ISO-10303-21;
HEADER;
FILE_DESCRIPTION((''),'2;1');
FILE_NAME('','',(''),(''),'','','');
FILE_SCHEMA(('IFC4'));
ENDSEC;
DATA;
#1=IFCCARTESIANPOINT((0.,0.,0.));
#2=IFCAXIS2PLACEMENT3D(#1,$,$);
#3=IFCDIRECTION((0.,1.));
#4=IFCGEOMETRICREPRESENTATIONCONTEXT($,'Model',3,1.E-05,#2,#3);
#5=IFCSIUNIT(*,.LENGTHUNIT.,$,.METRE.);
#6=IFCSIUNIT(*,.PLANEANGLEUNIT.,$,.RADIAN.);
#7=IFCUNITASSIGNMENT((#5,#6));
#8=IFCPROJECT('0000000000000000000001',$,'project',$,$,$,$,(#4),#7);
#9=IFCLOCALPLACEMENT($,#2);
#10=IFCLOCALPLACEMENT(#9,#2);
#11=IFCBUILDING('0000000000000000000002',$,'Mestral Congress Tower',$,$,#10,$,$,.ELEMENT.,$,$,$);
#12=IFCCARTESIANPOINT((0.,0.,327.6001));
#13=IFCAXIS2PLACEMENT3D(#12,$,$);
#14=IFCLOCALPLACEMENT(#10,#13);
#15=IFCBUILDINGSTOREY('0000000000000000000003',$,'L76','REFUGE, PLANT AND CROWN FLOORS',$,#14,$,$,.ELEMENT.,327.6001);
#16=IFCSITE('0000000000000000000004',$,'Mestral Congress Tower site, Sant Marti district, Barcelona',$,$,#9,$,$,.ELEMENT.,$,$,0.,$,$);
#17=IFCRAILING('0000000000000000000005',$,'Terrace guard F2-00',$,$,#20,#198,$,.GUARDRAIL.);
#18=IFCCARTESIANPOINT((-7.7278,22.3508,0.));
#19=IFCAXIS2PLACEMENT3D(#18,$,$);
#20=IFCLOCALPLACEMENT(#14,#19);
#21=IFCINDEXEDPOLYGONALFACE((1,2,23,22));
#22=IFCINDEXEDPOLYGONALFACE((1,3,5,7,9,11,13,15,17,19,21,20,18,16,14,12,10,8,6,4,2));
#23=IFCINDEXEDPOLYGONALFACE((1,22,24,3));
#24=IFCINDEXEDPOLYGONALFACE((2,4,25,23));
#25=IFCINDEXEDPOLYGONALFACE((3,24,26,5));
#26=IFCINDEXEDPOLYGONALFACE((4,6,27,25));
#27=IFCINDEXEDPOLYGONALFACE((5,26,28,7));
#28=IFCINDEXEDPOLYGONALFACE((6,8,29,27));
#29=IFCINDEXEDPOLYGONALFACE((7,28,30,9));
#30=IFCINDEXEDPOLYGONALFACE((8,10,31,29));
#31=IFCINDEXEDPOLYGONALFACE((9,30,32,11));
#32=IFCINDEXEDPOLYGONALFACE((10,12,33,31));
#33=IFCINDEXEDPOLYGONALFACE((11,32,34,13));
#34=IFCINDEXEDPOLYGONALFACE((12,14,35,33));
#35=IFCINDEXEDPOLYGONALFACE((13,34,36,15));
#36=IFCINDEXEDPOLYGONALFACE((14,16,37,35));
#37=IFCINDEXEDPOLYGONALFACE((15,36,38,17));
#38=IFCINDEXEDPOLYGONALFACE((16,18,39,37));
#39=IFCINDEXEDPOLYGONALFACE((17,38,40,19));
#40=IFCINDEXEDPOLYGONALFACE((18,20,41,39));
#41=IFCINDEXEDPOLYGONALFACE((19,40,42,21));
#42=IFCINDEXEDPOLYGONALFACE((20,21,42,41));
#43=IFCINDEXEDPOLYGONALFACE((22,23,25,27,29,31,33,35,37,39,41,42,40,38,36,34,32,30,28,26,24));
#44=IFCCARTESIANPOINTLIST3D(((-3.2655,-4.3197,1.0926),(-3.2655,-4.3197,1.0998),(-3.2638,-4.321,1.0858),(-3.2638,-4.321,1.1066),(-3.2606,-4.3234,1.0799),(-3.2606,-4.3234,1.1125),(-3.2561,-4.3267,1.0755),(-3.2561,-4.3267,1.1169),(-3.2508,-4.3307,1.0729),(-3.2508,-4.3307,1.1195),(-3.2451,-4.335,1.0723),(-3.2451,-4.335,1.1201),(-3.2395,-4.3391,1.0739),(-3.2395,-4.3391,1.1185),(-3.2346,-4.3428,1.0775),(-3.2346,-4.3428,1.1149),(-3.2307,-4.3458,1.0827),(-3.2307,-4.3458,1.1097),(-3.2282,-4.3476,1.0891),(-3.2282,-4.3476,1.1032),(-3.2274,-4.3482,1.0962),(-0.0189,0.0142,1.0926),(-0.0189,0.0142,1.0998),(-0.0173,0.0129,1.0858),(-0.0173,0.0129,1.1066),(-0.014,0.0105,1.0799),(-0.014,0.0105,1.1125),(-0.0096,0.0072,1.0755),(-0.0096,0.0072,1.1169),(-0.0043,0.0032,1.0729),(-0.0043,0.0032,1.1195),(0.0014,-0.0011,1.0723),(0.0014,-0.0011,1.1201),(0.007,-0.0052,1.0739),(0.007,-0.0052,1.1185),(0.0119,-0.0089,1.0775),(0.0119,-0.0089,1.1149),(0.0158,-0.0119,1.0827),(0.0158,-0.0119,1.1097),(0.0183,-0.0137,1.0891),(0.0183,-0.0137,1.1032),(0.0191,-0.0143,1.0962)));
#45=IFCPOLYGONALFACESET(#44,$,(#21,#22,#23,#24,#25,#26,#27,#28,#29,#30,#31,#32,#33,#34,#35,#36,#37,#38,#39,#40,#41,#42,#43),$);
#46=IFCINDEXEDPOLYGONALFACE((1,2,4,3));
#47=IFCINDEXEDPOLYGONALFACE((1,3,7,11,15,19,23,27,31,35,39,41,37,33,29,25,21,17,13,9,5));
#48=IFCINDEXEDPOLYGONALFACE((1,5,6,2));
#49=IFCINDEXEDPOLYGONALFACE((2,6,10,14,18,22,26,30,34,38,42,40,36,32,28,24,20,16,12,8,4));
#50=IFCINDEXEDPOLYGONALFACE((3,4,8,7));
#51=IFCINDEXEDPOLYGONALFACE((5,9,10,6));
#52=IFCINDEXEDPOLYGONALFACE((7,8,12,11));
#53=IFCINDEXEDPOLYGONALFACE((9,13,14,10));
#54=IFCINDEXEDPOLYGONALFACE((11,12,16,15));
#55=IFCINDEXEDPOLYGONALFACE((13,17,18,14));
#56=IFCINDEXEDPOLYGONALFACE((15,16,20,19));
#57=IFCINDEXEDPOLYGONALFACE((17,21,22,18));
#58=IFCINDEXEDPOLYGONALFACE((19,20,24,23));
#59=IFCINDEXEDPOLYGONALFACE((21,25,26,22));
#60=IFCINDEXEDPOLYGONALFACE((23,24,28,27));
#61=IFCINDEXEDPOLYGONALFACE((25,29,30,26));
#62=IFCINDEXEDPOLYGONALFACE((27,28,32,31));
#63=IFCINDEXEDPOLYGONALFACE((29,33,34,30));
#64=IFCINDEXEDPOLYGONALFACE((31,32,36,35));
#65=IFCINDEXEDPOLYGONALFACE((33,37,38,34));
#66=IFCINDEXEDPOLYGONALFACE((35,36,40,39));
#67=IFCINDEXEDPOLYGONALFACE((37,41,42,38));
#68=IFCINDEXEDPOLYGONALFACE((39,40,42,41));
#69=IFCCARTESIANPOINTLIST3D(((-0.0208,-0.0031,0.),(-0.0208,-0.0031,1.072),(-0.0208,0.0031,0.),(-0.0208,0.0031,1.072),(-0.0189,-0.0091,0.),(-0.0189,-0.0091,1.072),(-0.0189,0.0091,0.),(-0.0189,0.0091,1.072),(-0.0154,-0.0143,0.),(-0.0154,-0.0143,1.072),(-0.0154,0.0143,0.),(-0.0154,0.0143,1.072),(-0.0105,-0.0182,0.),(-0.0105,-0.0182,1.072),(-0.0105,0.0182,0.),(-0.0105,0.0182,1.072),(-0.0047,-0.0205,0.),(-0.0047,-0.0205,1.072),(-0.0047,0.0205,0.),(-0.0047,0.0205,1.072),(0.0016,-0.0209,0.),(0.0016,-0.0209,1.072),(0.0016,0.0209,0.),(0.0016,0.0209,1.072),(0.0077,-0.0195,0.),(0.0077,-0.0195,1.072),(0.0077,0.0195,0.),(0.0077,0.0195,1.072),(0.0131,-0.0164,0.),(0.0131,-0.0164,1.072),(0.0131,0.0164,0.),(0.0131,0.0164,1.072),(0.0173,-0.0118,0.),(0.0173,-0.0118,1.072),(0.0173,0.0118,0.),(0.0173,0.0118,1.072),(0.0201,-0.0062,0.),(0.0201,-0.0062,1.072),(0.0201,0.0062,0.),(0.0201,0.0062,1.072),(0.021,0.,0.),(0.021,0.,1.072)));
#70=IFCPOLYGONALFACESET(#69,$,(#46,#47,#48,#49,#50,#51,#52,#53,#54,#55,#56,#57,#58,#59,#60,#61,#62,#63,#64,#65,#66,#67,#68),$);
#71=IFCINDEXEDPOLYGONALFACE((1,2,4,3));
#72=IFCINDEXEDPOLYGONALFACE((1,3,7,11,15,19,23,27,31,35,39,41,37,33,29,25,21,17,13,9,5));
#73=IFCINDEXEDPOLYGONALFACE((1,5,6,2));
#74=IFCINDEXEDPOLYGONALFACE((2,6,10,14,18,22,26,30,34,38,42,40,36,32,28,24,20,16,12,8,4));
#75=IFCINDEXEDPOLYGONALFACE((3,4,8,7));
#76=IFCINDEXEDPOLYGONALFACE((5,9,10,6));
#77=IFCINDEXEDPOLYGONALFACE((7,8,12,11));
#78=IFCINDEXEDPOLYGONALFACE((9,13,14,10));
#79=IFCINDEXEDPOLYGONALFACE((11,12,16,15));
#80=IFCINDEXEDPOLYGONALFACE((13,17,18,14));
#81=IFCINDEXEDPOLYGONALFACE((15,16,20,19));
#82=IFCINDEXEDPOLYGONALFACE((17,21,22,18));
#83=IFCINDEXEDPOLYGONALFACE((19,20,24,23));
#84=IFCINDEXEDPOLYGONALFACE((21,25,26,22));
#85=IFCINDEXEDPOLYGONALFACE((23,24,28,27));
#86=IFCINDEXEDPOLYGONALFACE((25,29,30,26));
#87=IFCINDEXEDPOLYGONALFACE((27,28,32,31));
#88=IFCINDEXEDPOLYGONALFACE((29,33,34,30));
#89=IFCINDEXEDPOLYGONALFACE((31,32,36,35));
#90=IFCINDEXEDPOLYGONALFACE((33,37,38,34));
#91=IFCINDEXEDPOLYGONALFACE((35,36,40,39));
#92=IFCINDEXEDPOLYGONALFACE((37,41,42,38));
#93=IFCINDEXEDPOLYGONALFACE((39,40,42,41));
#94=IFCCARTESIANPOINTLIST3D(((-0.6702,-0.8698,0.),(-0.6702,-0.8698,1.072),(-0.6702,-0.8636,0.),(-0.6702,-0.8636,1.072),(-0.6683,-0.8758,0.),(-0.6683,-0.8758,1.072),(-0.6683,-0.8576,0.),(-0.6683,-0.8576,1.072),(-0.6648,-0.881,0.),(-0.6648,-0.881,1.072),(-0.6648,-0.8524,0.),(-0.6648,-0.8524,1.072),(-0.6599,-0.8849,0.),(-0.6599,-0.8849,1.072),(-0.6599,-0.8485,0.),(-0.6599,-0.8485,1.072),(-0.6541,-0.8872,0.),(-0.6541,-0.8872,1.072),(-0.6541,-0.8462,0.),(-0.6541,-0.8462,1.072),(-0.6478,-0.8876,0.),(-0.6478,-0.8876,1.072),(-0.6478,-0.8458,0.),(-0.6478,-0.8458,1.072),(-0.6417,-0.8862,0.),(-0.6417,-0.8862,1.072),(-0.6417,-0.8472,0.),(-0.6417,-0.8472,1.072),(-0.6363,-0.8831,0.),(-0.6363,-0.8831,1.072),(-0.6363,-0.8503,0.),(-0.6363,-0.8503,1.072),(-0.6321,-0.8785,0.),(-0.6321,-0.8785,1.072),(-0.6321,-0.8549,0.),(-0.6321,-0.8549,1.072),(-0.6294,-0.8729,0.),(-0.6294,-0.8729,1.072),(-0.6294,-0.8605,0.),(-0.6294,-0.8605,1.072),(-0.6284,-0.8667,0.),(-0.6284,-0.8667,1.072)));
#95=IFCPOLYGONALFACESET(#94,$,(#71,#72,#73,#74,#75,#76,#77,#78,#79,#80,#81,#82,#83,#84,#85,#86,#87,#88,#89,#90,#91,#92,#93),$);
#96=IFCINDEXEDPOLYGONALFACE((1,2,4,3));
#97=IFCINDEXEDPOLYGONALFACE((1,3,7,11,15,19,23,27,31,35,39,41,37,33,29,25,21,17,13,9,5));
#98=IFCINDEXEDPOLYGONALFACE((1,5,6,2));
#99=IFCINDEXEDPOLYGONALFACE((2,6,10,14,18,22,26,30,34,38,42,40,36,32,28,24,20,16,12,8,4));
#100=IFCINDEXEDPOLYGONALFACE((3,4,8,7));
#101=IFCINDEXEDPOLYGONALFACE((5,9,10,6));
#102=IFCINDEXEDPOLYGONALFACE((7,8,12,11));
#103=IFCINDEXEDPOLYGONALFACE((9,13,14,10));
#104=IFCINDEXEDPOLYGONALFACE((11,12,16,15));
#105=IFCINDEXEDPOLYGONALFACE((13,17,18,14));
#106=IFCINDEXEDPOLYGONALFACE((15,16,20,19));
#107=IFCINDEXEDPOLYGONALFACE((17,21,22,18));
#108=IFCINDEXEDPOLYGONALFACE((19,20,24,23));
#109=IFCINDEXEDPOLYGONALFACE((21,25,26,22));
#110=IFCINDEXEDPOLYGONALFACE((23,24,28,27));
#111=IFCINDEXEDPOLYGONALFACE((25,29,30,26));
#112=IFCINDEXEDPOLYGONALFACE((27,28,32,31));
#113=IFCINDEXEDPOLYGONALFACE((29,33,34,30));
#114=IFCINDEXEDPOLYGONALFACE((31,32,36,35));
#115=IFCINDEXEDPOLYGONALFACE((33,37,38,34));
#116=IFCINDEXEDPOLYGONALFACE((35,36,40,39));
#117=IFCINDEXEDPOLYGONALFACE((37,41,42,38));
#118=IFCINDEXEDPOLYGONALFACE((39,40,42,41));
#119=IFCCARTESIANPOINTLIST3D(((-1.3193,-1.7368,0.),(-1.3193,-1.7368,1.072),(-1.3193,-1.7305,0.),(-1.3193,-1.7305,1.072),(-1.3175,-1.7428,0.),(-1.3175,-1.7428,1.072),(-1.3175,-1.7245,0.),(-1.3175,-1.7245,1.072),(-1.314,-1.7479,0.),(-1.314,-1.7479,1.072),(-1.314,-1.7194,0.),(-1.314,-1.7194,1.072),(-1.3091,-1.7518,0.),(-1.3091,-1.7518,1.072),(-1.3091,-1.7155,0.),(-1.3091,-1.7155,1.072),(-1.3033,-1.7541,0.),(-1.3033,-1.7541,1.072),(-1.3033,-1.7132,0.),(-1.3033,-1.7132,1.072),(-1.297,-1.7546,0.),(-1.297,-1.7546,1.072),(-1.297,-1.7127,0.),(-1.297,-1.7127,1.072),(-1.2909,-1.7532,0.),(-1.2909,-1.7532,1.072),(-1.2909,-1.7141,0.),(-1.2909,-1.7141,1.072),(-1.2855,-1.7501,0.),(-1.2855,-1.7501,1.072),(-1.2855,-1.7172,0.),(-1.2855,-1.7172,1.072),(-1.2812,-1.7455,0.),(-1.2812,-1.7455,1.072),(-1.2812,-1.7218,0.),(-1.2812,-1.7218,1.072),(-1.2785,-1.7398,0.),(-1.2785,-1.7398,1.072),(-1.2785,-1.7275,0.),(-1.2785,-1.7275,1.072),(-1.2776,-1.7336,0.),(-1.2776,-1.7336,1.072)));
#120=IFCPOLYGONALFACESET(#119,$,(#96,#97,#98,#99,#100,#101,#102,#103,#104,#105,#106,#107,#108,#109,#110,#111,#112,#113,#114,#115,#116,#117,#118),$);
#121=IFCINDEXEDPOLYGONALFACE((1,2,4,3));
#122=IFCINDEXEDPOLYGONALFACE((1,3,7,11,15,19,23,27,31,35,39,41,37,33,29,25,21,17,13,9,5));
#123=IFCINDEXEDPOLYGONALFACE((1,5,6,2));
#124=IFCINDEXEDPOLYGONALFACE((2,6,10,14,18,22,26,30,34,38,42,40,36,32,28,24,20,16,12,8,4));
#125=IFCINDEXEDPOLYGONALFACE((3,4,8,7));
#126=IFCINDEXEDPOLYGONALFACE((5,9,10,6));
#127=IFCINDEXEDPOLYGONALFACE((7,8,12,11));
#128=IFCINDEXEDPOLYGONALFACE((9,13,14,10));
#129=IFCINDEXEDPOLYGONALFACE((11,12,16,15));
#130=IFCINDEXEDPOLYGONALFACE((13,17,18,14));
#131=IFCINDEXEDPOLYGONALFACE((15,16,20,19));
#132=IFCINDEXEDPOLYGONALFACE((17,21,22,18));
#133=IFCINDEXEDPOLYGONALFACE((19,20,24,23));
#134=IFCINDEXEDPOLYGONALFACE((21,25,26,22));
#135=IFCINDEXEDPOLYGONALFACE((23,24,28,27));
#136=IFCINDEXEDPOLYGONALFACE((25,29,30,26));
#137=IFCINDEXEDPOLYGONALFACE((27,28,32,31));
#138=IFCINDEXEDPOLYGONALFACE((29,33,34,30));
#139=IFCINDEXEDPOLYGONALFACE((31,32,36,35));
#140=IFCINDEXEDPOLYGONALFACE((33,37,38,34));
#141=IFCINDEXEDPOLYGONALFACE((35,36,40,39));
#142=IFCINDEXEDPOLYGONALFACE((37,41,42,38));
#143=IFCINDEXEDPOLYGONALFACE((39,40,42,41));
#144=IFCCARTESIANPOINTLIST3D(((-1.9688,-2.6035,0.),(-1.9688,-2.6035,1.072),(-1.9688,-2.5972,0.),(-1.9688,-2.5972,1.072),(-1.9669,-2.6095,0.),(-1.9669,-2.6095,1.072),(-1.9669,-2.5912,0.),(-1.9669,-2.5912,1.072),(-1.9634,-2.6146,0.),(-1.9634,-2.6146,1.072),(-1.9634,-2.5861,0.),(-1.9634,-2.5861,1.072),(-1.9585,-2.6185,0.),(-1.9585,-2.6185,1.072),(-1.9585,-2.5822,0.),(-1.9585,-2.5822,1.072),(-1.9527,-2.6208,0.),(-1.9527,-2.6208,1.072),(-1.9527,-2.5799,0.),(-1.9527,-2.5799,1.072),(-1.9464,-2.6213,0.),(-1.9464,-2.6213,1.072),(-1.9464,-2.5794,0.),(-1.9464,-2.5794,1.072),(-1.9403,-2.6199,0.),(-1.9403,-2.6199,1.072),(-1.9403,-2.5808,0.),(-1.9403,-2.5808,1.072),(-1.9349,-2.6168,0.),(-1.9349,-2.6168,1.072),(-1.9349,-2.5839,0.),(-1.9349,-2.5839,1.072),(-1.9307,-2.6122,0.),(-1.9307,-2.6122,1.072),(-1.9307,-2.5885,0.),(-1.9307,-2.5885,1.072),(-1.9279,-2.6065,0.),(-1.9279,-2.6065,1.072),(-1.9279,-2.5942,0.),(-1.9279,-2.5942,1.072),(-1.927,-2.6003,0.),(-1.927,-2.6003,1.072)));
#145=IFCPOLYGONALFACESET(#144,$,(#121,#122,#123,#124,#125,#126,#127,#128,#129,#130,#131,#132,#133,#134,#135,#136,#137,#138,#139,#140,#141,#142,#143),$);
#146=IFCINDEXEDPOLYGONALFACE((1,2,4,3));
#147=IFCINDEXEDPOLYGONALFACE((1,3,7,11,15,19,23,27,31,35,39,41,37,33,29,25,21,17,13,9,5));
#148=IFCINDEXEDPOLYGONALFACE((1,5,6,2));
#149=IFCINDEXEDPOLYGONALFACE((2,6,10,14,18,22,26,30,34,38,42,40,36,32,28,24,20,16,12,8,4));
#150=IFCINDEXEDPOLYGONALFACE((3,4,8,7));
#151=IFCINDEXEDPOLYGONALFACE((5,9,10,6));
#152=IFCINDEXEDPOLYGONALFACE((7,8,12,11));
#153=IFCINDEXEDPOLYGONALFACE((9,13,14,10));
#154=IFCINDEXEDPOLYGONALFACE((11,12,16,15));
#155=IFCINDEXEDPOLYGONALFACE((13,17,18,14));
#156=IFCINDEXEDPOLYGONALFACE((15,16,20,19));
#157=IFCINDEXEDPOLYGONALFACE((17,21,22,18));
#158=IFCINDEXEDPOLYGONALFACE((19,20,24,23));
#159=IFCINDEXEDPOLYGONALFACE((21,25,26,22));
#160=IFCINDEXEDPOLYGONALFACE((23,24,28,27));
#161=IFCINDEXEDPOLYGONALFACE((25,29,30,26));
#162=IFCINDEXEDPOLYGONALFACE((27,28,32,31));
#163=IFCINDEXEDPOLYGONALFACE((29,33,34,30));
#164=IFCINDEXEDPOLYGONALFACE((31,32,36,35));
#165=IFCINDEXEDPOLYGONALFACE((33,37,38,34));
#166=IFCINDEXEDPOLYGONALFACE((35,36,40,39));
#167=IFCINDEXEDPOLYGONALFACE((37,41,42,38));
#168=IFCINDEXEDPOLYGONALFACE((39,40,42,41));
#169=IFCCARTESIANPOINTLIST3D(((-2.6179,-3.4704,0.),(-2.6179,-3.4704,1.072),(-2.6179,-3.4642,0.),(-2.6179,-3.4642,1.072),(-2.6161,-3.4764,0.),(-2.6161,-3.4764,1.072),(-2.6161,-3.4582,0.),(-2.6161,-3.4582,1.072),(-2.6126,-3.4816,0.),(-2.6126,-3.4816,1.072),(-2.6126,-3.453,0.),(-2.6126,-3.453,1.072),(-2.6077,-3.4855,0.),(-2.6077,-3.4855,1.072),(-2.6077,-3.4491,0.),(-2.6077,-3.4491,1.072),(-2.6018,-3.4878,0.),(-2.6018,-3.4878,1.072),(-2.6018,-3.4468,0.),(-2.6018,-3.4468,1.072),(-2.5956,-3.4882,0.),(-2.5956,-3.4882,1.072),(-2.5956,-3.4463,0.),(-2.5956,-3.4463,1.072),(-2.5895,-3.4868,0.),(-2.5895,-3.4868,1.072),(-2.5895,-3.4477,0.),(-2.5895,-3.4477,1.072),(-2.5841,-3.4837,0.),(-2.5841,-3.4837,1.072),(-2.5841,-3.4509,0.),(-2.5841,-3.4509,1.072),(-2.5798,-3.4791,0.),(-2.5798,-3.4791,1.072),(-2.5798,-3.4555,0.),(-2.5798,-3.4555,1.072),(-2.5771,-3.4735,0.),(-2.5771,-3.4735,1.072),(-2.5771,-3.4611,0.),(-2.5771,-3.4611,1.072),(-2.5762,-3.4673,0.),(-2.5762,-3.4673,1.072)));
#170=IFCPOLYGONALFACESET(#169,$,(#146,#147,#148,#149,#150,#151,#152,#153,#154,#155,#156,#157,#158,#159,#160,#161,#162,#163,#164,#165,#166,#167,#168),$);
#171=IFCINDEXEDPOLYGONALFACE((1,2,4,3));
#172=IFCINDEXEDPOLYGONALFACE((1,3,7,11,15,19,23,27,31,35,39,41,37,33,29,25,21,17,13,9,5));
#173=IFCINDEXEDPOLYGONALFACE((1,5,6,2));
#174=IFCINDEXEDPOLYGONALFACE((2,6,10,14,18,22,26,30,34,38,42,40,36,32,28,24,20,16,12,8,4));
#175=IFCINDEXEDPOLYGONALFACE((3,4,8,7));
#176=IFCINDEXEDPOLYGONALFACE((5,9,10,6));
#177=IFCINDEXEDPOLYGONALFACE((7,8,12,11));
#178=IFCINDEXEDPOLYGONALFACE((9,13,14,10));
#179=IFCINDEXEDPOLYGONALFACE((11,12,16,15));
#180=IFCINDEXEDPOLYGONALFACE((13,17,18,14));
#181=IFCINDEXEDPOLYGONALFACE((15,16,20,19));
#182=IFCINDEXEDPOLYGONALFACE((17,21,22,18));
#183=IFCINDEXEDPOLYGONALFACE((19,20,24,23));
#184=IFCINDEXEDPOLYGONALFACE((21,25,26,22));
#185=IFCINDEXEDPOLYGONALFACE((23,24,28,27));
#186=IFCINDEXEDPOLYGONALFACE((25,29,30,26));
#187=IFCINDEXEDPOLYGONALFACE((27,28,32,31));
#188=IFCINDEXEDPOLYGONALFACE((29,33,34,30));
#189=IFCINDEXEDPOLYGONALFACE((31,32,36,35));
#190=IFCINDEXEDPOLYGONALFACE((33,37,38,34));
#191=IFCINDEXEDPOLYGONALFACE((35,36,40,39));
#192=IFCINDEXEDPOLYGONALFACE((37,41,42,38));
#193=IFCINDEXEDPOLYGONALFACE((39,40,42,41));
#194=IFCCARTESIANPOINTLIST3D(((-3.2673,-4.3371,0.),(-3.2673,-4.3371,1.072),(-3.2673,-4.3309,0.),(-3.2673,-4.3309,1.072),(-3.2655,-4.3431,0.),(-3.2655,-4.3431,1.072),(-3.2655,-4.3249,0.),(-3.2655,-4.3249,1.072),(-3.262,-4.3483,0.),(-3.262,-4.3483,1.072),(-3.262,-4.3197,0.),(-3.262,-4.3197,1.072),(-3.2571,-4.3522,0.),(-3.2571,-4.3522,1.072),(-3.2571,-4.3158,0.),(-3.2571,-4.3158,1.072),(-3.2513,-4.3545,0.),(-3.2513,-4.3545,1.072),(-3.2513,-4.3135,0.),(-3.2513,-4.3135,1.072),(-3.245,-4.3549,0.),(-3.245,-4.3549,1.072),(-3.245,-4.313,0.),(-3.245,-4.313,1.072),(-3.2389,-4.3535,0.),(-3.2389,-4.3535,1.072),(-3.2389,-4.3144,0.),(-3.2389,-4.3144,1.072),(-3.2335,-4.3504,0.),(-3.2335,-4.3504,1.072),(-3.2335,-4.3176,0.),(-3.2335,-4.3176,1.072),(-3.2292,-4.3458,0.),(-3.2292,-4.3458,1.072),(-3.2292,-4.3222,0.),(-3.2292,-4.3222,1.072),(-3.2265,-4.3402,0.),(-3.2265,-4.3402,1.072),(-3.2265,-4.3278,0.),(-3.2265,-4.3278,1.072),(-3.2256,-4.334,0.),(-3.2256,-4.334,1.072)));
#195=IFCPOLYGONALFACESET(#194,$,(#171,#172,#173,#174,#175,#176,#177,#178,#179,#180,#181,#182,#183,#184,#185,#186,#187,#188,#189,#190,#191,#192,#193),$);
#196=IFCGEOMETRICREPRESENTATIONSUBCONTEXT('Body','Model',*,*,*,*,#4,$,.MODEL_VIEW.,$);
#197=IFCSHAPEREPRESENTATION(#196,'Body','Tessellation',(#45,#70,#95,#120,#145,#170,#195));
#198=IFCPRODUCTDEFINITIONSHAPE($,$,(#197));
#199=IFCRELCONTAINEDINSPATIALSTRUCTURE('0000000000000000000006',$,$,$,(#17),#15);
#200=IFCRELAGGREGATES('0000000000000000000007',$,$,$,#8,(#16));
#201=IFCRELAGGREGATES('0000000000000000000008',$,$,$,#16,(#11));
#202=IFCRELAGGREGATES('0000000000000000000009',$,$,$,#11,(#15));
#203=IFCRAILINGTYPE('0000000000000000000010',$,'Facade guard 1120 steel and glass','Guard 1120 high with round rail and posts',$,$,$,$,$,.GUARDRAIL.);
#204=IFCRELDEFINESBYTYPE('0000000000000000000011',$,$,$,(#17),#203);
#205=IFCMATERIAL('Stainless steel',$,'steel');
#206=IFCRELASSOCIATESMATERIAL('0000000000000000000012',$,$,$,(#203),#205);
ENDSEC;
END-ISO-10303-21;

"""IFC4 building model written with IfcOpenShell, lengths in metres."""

from ifc_helpers import new_model, si_unit, direction, frame, origin, origin_2d, place, context, subcontext, project, spatial, circle, extrude, material, type_object, element, save


model = new_model("IFC4")

# Units and contexts
model_context = context("Model", 3, precision=1e-05, world=origin(), true_north=direction((0.0, 1.0)))
body_context = subcontext(model_context, "Body", "Model", "MODEL_VIEW")
ifc_project = project(units=[si_unit("LENGTHUNIT", "METRE"), si_unit("PLANEANGLEUNIT", "RADIAN")], contexts=[model_context])

# Site, building, storey
site_placement = place(None, origin())
site = spatial("IfcSite", under=ifc_project, at=site_placement, Name="Mestral Congress Tower site, Sant Marti district, Barcelona", CompositionType="ELEMENT", RefElevation=0.0)
building_placement = place(site_placement, origin())
building = spatial("IfcBuilding", under=site, at=building_placement, Name="Mestral Congress Tower", CompositionType="ELEMENT")
storey_placement = place(building_placement, frame((0.0, 0.0, 327.6001)))
storey = spatial("IfcBuildingStorey", under=building, at=storey_placement, Name="L76", Description="REFUGE, PLANT AND CROWN FLOORS", CompositionType="ELEMENT", Elevation=327.6001)

# Railing
ifc_material_1 = material(Name="Stainless steel", Category="steel")
railing_type = type_object("IfcRailingType", Name="Facade guard 1120 steel and glass", Description="Guard 1120 high with round rail and posts", PredefinedType="GUARDRAIL", material=ifc_material_1)
railing_1_placement = place(storey_placement, frame((-7.7278, 22.3508, 0.0)))
element("IfcRailing", 1, at=railing_1_placement, inside=storey, type_object=railing_type, Name="Terrace guard F2-00", PredefinedType="GUARDRAIL", context=body_context, shape_type="SweptSolid", body=[
    extrude(circle(Radius=0.0239, at=origin_2d()), frame((0.0, 0.0, 1.0962), z_axis=(-0.599538, -0.800346, 0.0), x_axis=(0.800346, -0.599538, 0.0)), (0.0, 0.0, 1.0), 5.415),
    extrude(circle(Radius=0.021, at=origin_2d()), origin(), (0.0, 0.0, 1.0), 1.072),
    extrude(circle(Radius=0.021, at=origin_2d()), frame((-0.6494, -0.8667, 0.0)), (0.0, 0.0, 1.0), 1.072),
    extrude(circle(Radius=0.021, at=origin_2d()), frame((-1.2986, -1.7336, 0.0)), (0.0, 0.0, 1.0), 1.072),
    extrude(circle(Radius=0.021, at=origin_2d()), frame((-1.948, -2.6003, 0.0)), (0.0, 0.0, 1.0), 1.072),
    extrude(circle(Radius=0.021, at=origin_2d()), frame((-2.5972, -3.4673, 0.0)), (0.0, 0.0, 1.0), 1.072),
    extrude(circle(Radius=0.021, at=origin_2d()), frame((-3.2466, -4.334, 0.0)), (0.0, 0.0, 1.0), 1.072),
])

save(model, "model.ifc")
